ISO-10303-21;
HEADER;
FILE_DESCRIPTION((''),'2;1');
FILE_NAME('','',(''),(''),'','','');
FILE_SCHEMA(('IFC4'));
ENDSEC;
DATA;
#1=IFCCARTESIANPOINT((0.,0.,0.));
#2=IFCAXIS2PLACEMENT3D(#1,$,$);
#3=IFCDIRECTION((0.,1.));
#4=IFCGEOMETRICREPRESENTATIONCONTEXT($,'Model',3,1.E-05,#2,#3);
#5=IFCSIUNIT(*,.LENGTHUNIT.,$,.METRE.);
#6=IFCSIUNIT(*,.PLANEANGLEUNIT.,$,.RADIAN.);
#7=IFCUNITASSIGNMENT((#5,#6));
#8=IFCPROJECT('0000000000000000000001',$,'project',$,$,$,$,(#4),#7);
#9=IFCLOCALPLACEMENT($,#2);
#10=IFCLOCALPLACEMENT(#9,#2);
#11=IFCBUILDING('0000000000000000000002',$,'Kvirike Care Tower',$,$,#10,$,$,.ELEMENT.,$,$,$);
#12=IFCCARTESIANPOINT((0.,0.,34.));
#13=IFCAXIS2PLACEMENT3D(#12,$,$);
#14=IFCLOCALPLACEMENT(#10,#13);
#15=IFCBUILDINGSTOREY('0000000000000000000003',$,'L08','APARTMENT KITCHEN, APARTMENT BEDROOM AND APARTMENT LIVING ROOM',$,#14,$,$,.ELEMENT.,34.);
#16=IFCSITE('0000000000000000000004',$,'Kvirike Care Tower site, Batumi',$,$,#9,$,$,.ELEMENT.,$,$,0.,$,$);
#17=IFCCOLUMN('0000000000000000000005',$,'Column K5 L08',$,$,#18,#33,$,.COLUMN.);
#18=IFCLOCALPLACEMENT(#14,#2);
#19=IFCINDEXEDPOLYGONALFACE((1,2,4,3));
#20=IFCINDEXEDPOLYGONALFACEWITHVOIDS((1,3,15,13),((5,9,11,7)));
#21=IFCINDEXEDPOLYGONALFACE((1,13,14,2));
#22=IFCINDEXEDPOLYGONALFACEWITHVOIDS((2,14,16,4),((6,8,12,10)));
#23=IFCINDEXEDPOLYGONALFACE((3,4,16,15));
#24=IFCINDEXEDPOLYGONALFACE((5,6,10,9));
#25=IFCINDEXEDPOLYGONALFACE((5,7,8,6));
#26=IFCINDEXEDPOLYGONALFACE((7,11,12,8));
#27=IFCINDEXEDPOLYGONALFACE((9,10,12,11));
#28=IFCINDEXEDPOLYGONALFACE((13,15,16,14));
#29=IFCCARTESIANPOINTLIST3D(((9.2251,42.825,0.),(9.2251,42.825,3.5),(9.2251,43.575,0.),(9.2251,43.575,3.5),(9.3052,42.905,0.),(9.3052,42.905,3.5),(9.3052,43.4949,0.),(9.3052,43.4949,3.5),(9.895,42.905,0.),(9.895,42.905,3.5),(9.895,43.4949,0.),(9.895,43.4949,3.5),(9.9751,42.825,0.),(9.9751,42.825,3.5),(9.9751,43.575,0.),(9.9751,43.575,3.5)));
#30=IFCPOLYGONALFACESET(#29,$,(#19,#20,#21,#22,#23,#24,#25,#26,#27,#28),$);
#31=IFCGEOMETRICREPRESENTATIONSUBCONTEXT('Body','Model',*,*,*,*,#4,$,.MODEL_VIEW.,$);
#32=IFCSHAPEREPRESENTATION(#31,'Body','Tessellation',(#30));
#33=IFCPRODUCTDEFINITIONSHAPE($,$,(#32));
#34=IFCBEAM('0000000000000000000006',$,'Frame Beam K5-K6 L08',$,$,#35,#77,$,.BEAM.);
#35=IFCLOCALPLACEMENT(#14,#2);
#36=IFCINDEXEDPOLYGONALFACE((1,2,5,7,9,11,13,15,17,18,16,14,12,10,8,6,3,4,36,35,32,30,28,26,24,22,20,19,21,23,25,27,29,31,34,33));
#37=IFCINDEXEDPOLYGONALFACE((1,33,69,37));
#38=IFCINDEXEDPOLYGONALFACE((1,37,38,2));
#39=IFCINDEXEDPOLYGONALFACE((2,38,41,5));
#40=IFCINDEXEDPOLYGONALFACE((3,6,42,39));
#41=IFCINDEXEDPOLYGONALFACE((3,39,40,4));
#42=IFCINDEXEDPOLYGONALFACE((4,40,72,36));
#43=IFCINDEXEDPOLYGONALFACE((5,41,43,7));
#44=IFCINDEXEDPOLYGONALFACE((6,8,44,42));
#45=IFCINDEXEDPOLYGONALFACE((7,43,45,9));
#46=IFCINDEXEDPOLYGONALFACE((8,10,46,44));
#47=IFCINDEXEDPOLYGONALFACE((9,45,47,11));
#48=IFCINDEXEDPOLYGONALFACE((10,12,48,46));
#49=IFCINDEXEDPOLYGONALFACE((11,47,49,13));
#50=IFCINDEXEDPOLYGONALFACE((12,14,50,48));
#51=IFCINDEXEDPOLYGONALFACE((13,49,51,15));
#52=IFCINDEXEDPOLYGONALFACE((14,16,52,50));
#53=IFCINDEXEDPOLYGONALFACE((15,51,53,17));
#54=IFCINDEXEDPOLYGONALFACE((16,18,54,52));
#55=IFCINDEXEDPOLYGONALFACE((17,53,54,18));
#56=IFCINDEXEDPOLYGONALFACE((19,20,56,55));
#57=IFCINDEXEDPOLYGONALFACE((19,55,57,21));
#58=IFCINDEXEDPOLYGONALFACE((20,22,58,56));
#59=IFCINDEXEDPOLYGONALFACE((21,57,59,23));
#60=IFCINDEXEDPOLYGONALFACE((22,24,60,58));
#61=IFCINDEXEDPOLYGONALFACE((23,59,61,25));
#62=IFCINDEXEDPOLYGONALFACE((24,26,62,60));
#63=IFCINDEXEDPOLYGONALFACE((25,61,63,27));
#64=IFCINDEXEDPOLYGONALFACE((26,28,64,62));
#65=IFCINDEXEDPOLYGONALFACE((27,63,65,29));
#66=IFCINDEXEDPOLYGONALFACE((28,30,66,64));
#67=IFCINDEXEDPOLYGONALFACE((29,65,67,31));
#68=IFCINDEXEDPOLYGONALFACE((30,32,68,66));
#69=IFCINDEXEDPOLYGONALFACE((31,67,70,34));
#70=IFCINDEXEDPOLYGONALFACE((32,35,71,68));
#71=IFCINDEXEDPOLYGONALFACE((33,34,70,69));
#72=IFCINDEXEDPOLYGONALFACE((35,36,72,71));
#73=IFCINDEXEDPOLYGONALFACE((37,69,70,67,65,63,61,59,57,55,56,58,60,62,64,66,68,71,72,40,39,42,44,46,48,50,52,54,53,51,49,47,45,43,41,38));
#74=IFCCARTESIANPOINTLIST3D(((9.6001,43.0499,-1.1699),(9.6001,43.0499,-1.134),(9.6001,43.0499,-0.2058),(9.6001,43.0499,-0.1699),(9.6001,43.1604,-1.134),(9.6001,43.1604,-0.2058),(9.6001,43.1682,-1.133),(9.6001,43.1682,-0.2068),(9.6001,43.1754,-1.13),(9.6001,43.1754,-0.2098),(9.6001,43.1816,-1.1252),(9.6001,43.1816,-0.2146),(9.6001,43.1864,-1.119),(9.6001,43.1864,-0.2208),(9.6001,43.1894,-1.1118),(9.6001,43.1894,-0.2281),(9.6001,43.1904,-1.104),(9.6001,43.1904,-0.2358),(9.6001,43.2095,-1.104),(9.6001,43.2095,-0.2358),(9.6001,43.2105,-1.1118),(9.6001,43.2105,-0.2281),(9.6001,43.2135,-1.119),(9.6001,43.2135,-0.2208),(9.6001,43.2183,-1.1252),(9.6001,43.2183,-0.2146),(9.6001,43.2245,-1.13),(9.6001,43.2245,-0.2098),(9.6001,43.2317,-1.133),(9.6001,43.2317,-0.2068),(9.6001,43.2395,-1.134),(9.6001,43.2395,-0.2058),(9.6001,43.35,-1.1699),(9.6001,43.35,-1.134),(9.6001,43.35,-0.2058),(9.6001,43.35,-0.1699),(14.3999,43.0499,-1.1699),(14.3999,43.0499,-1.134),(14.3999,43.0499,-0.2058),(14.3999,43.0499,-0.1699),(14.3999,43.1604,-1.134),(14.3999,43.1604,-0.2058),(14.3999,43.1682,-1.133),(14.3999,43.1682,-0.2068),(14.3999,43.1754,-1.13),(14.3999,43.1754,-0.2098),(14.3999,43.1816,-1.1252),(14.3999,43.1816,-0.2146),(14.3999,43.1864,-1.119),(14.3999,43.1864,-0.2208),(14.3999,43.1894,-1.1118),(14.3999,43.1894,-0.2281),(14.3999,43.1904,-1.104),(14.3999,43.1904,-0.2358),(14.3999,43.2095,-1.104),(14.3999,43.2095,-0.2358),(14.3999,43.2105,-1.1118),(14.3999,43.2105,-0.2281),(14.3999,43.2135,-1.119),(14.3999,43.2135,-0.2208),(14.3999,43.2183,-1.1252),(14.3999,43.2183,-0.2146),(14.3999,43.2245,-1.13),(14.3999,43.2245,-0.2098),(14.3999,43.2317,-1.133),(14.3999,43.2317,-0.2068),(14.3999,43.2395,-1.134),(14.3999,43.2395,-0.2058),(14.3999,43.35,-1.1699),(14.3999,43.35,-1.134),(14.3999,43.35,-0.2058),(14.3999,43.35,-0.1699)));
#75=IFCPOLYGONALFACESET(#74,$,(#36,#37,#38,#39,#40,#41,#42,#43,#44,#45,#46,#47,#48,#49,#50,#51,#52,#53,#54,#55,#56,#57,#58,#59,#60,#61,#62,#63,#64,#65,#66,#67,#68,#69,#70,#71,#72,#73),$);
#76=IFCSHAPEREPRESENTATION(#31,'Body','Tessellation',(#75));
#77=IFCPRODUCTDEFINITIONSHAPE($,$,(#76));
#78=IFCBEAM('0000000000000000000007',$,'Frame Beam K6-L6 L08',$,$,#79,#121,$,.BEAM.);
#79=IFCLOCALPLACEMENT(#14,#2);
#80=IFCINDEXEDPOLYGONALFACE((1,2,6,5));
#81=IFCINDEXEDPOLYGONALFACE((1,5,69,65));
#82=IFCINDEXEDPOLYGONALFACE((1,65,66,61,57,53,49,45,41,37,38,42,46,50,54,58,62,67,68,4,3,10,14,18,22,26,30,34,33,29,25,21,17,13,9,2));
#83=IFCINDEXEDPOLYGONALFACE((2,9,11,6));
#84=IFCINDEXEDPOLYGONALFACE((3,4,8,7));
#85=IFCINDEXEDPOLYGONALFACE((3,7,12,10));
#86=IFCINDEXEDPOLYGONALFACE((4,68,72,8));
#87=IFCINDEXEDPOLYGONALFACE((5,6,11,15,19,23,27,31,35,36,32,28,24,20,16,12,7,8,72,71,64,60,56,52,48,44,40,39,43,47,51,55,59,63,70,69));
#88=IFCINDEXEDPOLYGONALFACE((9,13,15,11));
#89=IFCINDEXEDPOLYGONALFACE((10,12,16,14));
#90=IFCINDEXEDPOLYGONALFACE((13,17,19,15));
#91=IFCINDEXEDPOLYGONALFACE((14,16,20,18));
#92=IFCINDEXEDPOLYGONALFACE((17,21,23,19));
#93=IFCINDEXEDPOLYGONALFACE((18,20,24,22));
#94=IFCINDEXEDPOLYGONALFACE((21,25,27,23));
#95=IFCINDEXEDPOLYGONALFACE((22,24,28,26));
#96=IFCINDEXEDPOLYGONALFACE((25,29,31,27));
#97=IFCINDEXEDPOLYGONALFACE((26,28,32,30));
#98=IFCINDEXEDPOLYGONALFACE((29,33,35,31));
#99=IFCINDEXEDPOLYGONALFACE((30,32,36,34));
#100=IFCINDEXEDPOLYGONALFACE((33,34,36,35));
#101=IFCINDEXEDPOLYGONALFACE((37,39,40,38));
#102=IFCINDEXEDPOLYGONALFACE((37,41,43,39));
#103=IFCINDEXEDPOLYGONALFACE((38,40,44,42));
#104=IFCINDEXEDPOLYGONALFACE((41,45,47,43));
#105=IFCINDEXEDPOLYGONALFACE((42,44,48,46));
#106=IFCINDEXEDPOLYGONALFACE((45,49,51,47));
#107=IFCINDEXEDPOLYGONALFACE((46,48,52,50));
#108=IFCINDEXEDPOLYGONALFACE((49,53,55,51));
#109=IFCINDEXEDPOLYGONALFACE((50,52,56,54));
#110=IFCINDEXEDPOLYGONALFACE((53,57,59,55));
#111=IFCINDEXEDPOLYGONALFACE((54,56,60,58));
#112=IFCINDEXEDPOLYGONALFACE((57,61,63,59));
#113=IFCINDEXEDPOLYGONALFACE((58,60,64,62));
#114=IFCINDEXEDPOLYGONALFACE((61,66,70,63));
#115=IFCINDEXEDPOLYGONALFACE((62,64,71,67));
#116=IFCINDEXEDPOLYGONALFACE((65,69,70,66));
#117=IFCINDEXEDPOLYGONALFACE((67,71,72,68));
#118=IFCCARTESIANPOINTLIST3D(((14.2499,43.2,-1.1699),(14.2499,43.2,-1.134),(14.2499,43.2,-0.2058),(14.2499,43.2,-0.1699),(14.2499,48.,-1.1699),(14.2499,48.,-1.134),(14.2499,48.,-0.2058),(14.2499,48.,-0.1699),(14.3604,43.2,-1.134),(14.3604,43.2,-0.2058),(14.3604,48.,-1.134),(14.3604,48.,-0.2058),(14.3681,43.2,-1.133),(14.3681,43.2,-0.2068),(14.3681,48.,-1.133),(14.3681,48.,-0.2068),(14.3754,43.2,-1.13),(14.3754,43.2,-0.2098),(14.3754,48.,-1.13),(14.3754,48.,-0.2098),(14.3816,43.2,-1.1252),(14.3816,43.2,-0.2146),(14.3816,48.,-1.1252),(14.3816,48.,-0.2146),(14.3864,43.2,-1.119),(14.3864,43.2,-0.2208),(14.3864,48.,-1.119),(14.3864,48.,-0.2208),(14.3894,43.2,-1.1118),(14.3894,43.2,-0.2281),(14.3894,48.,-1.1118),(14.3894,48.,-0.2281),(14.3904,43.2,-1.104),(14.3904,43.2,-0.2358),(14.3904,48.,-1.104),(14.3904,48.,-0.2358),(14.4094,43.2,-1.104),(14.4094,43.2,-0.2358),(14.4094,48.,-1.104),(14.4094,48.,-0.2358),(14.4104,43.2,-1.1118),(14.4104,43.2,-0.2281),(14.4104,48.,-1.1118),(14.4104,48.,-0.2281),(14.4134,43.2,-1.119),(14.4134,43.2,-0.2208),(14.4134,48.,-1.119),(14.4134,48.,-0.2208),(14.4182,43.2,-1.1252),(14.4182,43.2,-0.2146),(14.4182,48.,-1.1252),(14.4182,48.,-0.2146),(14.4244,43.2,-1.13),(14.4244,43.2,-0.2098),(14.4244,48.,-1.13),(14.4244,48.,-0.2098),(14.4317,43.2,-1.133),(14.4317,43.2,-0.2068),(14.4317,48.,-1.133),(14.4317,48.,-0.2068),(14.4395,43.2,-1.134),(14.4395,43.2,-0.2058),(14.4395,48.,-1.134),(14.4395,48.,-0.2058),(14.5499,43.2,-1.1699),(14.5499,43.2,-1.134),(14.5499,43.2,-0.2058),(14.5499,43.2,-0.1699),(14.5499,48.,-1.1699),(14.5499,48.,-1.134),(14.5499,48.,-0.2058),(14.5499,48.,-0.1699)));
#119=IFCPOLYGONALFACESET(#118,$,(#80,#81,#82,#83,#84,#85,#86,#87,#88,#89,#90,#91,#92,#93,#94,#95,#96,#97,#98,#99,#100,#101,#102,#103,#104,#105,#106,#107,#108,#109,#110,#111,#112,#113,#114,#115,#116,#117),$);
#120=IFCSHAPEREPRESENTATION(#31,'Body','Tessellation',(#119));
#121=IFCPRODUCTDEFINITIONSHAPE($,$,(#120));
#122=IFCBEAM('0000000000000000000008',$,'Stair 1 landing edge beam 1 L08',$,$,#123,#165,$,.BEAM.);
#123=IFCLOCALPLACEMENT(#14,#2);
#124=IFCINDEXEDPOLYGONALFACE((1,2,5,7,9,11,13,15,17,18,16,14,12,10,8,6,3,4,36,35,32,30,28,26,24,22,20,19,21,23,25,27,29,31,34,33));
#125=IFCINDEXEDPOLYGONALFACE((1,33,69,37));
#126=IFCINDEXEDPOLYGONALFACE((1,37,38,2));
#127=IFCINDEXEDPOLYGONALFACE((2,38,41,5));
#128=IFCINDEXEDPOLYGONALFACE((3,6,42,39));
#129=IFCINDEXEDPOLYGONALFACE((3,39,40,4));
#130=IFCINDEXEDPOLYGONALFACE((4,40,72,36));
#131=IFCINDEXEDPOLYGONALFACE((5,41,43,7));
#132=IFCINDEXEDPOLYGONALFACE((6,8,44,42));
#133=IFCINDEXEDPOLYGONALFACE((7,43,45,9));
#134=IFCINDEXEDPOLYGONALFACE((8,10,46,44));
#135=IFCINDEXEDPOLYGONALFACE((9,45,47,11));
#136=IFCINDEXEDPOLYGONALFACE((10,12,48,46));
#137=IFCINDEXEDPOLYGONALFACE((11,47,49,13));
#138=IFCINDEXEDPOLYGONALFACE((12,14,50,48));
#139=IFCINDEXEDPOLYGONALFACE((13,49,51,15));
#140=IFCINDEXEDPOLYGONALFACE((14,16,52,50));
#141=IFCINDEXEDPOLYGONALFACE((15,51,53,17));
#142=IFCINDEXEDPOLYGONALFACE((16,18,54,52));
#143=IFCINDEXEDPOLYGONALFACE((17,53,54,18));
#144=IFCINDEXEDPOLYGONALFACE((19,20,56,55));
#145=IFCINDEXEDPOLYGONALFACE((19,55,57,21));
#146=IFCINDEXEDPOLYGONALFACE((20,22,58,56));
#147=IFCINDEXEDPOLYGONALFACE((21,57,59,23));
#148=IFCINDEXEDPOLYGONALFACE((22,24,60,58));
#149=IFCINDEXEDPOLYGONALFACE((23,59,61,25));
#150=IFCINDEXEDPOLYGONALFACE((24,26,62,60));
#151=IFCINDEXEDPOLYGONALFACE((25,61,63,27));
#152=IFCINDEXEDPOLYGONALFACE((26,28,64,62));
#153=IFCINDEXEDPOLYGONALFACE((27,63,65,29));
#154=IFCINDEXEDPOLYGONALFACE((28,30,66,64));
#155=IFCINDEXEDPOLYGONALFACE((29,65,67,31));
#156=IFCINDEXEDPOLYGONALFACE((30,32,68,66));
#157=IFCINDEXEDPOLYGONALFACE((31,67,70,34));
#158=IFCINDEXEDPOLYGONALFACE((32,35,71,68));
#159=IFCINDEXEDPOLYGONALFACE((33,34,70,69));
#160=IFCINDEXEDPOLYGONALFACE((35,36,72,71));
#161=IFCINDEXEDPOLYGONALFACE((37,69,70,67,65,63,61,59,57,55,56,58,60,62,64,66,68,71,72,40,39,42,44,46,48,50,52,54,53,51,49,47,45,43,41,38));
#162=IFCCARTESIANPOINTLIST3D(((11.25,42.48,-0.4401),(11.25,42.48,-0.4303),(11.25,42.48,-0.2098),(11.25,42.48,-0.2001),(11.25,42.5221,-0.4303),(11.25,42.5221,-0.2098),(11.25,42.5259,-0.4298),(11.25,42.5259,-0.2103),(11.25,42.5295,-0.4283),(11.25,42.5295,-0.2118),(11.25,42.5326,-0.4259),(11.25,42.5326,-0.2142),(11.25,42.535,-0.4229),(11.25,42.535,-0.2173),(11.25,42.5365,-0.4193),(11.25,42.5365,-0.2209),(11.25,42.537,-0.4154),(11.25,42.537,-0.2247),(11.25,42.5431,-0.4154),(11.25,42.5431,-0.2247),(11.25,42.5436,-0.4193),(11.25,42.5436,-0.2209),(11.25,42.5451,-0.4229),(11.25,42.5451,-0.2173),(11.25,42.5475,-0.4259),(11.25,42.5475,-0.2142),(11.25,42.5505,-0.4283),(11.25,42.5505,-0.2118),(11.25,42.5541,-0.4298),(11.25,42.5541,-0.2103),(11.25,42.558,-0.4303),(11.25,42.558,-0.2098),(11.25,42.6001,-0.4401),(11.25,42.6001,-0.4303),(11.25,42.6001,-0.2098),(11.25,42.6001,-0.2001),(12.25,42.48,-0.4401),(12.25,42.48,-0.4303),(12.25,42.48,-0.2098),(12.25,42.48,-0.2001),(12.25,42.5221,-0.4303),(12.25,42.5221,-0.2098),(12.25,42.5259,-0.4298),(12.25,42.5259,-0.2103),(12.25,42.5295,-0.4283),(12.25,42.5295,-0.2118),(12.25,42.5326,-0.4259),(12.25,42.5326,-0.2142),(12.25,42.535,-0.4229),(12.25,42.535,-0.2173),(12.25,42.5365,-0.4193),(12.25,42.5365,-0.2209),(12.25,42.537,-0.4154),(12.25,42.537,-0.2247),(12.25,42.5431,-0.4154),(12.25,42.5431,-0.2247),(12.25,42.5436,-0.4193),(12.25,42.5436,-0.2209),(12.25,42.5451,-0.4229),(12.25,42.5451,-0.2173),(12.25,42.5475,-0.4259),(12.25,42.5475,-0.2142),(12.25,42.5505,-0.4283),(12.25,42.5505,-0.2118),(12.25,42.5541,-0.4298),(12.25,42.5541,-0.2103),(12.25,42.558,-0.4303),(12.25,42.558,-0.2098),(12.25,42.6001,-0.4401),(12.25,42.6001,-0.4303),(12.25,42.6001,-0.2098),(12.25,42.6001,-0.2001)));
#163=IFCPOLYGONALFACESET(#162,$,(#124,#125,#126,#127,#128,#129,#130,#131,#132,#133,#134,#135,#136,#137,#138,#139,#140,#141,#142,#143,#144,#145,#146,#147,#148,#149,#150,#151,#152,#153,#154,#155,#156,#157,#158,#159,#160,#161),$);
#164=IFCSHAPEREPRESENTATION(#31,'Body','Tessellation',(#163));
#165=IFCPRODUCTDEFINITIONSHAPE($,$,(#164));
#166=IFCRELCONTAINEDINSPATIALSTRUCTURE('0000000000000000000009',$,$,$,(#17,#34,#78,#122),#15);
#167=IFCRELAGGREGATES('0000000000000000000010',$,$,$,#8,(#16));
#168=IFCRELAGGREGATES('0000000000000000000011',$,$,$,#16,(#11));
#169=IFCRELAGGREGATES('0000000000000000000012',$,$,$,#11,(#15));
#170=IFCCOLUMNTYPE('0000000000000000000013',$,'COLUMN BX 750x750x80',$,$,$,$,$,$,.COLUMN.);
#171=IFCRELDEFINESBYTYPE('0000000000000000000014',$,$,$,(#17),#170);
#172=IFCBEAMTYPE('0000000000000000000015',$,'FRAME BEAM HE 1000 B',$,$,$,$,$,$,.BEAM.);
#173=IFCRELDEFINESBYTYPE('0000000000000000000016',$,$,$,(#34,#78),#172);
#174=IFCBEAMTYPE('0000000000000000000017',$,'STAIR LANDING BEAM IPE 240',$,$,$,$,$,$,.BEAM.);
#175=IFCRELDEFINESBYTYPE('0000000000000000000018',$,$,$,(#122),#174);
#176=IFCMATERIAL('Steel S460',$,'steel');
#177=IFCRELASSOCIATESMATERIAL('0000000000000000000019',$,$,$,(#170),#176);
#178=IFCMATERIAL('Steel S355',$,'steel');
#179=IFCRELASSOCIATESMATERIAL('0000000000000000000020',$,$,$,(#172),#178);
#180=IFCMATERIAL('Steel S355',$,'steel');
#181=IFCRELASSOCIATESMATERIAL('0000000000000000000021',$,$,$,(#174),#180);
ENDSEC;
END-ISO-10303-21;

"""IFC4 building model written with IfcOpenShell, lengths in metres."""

from ifc_helpers import new_model, si_unit, direction, frame, origin, origin_2d, place, context, subcontext, project, spatial, hollow_rectangle, i_section, extrude, material, material_profile, profile_set, type_object, element, save


model = new_model("IFC4")

# Units and contexts
model_context = context("Model", 3, precision=1e-05, world=origin(), true_north=direction((0.0, 1.0)))
body_context = subcontext(model_context, "Body", "Model", "MODEL_VIEW")
ifc_project = project(units=[si_unit("LENGTHUNIT", "METRE"), si_unit("PLANEANGLEUNIT", "RADIAN")], contexts=[model_context])

# Site, building, storey
site_placement = place(None, origin())
site = spatial("IfcSite", under=ifc_project, at=site_placement, Name="Kvirike Care Tower site, Batumi", CompositionType="ELEMENT", RefElevation=0.0)
building_placement = place(site_placement, origin())
building = spatial("IfcBuilding", under=site, at=building_placement, Name="Kvirike Care Tower", CompositionType="ELEMENT")
storey_placement = place(building_placement, frame((0.0, 0.0, 34.0)))
storey = spatial("IfcBuildingStorey", under=building, at=storey_placement, Name="L08", Description="APARTMENT KITCHEN, APARTMENT BEDROOM AND APARTMENT LIVING ROOM", CompositionType="ELEMENT", Elevation=34.0)

# Column
ifc_material_1 = material(Name="Steel S460", Category="steel")
ifc_material_profile_1 = material_profile(ifc_material_1, hollow_rectangle(XDim=0.75, YDim=0.75, WallThickness=0.0801, at=origin_2d()), Name="BX 750x750x80")
ifc_profile_set_1 = profile_set([ifc_material_profile_1], Name="Steel S460")
column_type = type_object("IfcColumnType", Name="COLUMN BX 750x750x80", PredefinedType="COLUMN", material=ifc_profile_set_1)
column_placement = place(storey_placement, frame((9.6001, 43.2, 0.0), z_axis=(0.0, 0.0, 1.0), x_axis=(0.0, 1.0, 0.0)))
element("IfcColumn", 1, at=column_placement, inside=storey, type_object=column_type, Name="Column K5 L08", PredefinedType="COLUMN", context=body_context, shape_type="SweptSolid", body=[
    extrude(hollow_rectangle(XDim=0.75, YDim=0.75, WallThickness=0.0801, at=origin_2d()), origin(), (0.0, 0.0, 1.0), 3.5),
])

# Beams
ifc_material_2 = material(Name="Steel S355", Category="steel")
ifc_material_profile_2 = material_profile(ifc_material_2, i_section(OverallWidth=0.3, OverallDepth=1.0, WebThickness=0.019, FlangeThickness=0.0359, FilletRadius=0.03, at=origin_2d()), Name="HE 1000 B")
ifc_profile_set_2 = profile_set([ifc_material_profile_2], Name="Steel S355")
beam_type_1 = type_object("IfcBeamType", Name="FRAME BEAM HE 1000 B", PredefinedType="BEAM", material=ifc_profile_set_2)
beam_1_placement = place(storey_placement, frame((9.6001, 43.2, -0.6699), z_axis=(1.0, 0.0, 0.0), x_axis=(0.0, 1.0, 0.0)))
element("IfcBeam", 2, at=beam_1_placement, inside=storey, type_object=beam_type_1, Name="Frame Beam K5-K6 L08", PredefinedType="BEAM", context=body_context, shape_type="SweptSolid", body=[
    extrude(i_section(OverallWidth=0.3, OverallDepth=1.0, WebThickness=0.019, FlangeThickness=0.0359, FilletRadius=0.03, at=origin_2d()), origin(), (0.0, 0.0, 1.0), 4.7998),
])
beam_2_placement = place(storey_placement, frame((14.3999, 43.2, -0.6699), z_axis=(0.0, 1.0, 0.0), x_axis=(-1.0, 0.0, 0.0)))
element("IfcBeam", 3, at=beam_2_placement, inside=storey, type_object=beam_type_1, Name="Frame Beam K6-L6 L08", PredefinedType="BEAM", context=body_context, shape_type="SweptSolid", body=[
    extrude(i_section(OverallWidth=0.3, OverallDepth=1.0, WebThickness=0.019, FlangeThickness=0.0359, FilletRadius=0.03, at=origin_2d()), origin(), (0.0, 0.0, 1.0), 4.8),
])
ifc_material_3 = material(Name="Steel S355", Category="steel")
ifc_material_profile_3 = material_profile(ifc_material_3, i_section(OverallWidth=0.1201, OverallDepth=0.24, WebThickness=0.0061, FlangeThickness=0.0098, FilletRadius=0.0149, at=origin_2d()), Name="IPE 240")
ifc_profile_set_3 = profile_set([ifc_material_profile_3], Name="Steel S355")
beam_type_2 = type_object("IfcBeamType", Name="STAIR LANDING BEAM IPE 240", PredefinedType="BEAM", material=ifc_profile_set_3)
for number, where, z_axis, x_axis, name in (
    (4, (11.25, 42.54, -0.3201), (1.0, 0.0, 0.0), (0.0, 1.0, 0.0), "Stair 1 landing edge beam 1 L08"),
):
    element("IfcBeam", number, at=place(storey_placement, frame(where, z_axis=z_axis, x_axis=x_axis)), inside=storey, type_object=beam_type_2, Name=name, PredefinedType="BEAM", context=body_context, shape_type="SweptSolid", body=[
        extrude(i_section(OverallWidth=0.1201, OverallDepth=0.24, WebThickness=0.0061, FlangeThickness=0.0098, FilletRadius=0.0149, at=origin_2d()), origin(), (0.0, 0.0, 1.0), 1.0),
    ])

save(model, "model.ifc")
